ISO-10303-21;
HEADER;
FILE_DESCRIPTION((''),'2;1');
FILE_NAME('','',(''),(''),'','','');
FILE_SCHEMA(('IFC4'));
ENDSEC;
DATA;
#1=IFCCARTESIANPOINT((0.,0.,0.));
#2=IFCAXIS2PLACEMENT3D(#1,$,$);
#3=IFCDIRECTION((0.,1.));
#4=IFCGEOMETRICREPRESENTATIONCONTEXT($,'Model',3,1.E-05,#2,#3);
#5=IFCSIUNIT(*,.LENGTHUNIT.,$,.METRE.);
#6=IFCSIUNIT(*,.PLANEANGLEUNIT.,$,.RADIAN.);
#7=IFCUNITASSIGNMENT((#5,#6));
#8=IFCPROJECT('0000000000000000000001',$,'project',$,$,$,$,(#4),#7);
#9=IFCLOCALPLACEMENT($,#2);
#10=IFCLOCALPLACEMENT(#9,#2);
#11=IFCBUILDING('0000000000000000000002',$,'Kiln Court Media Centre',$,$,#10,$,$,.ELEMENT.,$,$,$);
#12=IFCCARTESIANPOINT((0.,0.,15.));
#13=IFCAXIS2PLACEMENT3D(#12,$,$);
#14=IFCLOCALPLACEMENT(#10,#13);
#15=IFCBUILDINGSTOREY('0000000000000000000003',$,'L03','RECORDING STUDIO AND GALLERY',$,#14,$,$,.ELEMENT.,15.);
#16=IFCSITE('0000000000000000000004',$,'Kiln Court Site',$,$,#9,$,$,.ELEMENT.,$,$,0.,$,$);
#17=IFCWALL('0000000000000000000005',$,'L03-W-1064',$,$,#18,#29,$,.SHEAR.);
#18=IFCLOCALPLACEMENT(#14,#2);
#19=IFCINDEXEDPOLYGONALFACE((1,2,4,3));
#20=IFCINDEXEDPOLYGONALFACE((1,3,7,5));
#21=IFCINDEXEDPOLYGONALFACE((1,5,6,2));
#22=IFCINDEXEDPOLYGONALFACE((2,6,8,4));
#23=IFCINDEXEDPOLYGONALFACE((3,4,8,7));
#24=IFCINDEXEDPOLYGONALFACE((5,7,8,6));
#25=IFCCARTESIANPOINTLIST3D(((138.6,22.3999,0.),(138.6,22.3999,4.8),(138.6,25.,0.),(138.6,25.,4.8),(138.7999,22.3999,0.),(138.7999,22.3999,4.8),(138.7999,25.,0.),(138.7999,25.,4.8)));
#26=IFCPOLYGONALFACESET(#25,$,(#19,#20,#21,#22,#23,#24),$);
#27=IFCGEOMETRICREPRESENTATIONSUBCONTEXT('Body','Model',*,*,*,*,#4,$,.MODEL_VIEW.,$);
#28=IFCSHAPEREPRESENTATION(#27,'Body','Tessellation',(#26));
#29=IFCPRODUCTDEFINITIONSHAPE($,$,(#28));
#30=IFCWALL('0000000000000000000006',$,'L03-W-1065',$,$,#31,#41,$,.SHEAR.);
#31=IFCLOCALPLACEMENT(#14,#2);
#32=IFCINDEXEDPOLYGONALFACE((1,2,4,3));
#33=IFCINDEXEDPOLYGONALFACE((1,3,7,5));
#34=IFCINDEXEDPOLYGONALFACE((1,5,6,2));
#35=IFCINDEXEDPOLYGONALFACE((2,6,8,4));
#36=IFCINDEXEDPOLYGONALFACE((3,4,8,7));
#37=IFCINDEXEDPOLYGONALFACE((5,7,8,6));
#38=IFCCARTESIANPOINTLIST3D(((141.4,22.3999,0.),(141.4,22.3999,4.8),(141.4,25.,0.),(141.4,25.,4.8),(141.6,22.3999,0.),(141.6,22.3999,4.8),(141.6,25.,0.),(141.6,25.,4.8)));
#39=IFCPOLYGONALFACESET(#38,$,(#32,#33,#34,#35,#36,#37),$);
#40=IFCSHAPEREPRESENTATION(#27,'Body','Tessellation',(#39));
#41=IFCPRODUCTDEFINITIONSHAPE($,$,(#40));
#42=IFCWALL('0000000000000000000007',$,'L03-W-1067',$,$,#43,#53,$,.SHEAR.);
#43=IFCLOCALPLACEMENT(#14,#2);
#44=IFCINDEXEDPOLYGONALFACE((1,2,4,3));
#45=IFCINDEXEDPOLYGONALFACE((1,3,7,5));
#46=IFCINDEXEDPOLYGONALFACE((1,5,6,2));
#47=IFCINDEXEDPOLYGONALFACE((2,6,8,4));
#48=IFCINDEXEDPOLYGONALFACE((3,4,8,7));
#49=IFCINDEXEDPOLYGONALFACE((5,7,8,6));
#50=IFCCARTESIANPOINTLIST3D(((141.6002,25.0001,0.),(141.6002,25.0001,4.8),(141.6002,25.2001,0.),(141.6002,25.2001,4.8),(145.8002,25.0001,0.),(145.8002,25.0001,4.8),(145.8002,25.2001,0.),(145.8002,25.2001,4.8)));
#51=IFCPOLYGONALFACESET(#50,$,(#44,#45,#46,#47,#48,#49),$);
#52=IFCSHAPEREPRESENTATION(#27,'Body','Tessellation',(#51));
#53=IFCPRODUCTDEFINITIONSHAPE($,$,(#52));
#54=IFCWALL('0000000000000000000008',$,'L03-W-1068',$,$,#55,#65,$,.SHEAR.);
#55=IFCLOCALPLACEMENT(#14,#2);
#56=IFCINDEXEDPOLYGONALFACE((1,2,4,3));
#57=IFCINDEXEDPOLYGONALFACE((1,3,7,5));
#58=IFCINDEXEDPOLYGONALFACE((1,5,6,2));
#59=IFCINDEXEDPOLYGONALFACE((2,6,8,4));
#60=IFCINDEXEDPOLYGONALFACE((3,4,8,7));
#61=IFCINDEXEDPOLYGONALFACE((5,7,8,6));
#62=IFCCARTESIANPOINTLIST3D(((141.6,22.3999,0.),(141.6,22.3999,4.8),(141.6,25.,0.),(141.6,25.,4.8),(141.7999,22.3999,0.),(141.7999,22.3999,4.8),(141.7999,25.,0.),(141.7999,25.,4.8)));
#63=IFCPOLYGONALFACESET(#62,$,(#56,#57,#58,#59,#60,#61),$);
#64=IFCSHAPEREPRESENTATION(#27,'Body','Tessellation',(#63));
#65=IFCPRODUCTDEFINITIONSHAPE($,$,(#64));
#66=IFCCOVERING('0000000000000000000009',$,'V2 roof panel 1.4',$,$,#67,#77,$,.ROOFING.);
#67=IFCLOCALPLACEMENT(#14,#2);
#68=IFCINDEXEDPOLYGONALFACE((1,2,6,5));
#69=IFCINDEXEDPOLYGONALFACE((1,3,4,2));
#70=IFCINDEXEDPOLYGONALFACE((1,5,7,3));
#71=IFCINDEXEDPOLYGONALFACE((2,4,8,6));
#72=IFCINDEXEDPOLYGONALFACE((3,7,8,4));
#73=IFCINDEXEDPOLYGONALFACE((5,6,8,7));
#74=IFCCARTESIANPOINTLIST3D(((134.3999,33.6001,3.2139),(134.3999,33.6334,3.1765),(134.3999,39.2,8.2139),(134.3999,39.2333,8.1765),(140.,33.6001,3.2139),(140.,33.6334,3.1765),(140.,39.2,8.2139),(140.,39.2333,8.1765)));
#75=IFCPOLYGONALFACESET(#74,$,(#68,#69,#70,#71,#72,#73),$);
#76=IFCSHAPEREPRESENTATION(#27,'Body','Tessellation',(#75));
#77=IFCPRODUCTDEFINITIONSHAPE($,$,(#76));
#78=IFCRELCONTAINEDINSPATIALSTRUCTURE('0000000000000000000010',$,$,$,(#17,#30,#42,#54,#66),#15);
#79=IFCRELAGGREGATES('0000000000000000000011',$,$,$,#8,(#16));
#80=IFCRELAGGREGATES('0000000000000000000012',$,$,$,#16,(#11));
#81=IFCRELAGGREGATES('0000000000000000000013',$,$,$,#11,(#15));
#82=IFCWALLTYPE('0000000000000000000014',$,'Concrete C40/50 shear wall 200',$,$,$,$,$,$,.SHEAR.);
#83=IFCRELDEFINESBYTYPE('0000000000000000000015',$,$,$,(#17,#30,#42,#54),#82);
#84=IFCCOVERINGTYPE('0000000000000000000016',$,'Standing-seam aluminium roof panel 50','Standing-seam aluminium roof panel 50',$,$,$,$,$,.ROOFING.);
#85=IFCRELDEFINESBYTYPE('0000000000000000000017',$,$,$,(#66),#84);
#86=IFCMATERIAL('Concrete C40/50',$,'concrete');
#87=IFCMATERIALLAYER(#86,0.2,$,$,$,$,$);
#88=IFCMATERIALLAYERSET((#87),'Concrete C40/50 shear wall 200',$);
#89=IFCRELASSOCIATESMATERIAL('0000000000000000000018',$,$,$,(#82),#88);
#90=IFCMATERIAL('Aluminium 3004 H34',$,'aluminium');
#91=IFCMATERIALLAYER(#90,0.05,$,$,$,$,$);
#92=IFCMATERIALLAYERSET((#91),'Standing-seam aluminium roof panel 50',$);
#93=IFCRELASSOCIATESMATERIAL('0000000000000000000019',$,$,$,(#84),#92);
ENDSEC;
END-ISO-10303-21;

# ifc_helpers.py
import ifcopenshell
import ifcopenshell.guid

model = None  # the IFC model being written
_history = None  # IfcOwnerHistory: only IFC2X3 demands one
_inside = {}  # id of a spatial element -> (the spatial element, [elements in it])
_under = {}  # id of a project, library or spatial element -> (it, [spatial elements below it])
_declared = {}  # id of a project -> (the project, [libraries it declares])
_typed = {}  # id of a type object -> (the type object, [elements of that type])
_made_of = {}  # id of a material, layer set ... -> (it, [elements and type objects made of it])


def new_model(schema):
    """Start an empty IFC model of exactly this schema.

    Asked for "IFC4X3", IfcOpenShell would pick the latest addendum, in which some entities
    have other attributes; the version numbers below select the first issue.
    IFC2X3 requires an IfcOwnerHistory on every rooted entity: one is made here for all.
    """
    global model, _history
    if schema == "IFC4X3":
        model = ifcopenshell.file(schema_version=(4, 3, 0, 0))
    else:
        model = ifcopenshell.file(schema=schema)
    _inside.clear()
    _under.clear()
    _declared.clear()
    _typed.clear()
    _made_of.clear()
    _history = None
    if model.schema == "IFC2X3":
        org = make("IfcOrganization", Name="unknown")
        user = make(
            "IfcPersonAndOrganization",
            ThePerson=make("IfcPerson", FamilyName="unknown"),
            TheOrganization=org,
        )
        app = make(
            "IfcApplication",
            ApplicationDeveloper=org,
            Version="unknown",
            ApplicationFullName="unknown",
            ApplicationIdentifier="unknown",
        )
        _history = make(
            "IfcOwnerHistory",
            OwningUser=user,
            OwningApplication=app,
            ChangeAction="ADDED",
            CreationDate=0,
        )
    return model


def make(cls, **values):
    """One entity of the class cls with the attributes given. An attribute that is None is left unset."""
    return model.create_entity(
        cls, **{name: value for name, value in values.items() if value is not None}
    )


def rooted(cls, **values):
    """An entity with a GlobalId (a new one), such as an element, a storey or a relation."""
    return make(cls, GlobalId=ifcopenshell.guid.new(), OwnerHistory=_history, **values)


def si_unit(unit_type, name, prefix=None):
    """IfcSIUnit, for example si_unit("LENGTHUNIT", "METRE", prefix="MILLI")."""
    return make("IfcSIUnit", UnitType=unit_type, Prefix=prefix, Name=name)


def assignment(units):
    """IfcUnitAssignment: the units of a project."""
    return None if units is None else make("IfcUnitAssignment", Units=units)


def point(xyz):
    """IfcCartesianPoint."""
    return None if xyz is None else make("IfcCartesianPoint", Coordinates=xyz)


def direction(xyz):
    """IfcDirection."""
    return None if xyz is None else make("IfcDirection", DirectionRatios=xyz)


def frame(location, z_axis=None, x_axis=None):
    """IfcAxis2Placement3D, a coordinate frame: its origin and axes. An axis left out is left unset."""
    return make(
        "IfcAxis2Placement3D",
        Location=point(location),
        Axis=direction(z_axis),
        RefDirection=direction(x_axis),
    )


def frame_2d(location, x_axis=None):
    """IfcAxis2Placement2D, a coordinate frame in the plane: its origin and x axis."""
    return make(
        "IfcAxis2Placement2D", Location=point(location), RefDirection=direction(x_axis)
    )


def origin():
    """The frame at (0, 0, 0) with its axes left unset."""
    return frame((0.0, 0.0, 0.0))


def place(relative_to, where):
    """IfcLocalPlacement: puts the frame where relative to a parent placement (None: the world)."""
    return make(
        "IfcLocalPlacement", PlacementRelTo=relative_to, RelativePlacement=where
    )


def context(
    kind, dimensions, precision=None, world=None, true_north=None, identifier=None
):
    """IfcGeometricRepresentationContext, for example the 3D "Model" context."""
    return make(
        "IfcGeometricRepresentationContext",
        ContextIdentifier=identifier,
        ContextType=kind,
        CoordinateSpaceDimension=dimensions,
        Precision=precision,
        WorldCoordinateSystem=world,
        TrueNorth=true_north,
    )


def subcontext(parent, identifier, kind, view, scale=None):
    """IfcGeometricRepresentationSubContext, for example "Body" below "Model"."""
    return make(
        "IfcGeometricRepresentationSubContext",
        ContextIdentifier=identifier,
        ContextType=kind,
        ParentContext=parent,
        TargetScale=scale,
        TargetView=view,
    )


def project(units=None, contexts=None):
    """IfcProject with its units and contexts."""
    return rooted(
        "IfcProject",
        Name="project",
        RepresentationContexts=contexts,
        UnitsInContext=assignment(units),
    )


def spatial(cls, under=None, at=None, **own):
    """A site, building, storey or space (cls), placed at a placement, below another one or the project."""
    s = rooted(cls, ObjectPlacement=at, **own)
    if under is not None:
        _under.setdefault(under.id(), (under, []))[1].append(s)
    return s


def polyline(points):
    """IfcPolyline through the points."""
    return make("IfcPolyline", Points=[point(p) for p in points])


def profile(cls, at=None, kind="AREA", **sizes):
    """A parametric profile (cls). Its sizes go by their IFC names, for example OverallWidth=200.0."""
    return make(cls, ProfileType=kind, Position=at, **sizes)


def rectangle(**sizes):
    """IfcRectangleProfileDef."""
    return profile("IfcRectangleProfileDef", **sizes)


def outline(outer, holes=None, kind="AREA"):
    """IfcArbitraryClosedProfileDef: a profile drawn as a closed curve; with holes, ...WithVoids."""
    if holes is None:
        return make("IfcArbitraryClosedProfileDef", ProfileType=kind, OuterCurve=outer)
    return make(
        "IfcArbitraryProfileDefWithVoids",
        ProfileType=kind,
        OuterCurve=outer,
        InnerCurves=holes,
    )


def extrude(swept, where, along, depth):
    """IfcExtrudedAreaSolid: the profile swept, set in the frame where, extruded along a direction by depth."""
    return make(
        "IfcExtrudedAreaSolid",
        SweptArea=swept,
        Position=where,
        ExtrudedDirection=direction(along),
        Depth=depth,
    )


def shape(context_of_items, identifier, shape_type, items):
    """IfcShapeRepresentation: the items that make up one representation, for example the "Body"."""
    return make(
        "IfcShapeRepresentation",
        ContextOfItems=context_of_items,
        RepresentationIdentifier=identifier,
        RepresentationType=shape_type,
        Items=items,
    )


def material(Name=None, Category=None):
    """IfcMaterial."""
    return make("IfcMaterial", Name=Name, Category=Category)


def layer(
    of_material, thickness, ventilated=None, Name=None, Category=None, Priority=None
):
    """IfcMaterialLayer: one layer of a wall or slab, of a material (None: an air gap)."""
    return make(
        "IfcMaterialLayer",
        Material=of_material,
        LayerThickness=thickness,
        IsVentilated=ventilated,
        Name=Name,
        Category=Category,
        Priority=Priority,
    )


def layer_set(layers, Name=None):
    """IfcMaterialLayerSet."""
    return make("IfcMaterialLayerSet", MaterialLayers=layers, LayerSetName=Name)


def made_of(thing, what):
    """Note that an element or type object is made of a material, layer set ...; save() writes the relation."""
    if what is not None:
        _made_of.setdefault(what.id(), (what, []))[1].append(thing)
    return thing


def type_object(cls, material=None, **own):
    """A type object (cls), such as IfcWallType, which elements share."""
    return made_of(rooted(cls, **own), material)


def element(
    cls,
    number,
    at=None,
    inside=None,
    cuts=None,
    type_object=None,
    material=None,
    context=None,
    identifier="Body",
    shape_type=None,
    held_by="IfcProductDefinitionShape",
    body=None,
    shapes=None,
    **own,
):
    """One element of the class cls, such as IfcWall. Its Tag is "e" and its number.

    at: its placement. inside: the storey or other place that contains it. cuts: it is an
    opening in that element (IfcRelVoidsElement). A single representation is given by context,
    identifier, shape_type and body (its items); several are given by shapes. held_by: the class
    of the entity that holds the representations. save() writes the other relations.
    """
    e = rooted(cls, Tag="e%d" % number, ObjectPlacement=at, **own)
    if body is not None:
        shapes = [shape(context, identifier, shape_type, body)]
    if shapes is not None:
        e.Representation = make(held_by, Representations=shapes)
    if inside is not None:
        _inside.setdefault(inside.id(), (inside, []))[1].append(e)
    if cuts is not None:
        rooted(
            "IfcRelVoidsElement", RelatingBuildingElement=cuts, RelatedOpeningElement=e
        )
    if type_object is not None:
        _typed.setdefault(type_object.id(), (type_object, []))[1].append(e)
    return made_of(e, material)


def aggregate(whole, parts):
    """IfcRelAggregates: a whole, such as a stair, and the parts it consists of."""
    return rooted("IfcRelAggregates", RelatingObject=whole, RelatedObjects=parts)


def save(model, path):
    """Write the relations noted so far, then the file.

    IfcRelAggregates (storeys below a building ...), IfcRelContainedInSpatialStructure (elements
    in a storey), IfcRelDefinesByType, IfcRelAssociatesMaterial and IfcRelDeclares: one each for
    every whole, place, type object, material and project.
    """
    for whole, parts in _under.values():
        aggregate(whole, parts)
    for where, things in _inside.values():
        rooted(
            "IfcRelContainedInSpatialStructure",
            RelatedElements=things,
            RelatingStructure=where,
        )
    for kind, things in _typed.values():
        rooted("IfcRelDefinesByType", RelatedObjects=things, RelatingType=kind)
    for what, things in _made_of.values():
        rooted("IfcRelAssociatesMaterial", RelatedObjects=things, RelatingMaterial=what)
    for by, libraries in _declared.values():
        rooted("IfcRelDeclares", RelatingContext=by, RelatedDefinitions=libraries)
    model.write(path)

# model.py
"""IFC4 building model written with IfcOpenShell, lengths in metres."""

from ifc_helpers import new_model, si_unit, direction, frame, frame_2d, origin, place, context, subcontext, project, spatial, polyline, rectangle, outline, extrude, material, layer, layer_set, type_object, element, save


model = new_model("IFC4")

# Units and contexts
model_context = context("Model", 3, precision=1e-05, world=origin(), true_north=direction((0.0, 1.0)))
body_context = subcontext(model_context, "Body", "Model", "MODEL_VIEW")
ifc_project = project(units=[si_unit("LENGTHUNIT", "METRE"), si_unit("PLANEANGLEUNIT", "RADIAN")], contexts=[model_context])

# Site, building, storey
site_placement = place(None, origin())
site = spatial("IfcSite", under=ifc_project, at=site_placement, Name="Kiln Court Site", CompositionType="ELEMENT", RefElevation=0.0)
building_placement = place(site_placement, origin())
building = spatial("IfcBuilding", under=site, at=building_placement, Name="Kiln Court Media Centre", CompositionType="ELEMENT")
storey_placement = place(building_placement, frame((0.0, 0.0, 15.0)))
storey = spatial("IfcBuildingStorey", under=building, at=storey_placement, Name="L03", Description="RECORDING STUDIO AND GALLERY", CompositionType="ELEMENT", Elevation=15.0)

# Shared definitions
ifc_material_1 = material(Name="Concrete C40/50", Category="concrete")
ifc_layer_1 = layer(ifc_material_1, 0.2)
ifc_layer_set_1 = layer_set([ifc_layer_1], Name="Concrete C40/50 shear wall 200")
wall_type = type_object("IfcWallType", Name="Concrete C40/50 shear wall 200", PredefinedType="SHEAR", material=ifc_layer_set_1)

# Walls
for number, where, z_axis, x_axis, name in (
    (1, (138.7, 22.3999, 0.0), (0.0, 0.0, 1.0), (0.0, 1.0, 0.0), "L03-W-1064"),
    (2, (141.5, 25.0, 0.0), (0.0, 0.0, 1.0), (0.0, -1.0, 0.0), "L03-W-1065"),
):
    element("IfcWall", number, at=place(storey_placement, frame(where, z_axis=z_axis, x_axis=x_axis)), inside=storey, type_object=wall_type, Name=name, PredefinedType="SHEAR", context=body_context, shape_type="SweptSolid", body=[
        extrude(rectangle(XDim=2.6001, YDim=0.2, at=frame_2d((1.3, 0.0))), origin(), (0.0, 0.0, 1.0), 4.8),
    ])
wall_1_placement = place(storey_placement, frame((141.6001, 25.1001, 0.0), z_axis=(0.0, 0.0, 1.0), x_axis=(1.0, 0.0, 0.0)))
element("IfcWall", 3, at=wall_1_placement, inside=storey, type_object=wall_type, Name="L03-W-1067", PredefinedType="SHEAR", context=body_context, shape_type="SweptSolid", body=[
    extrude(rectangle(XDim=4.2, YDim=0.2, at=frame_2d((2.1001, 0.0))), origin(), (0.0, 0.0, 1.0), 4.8),
])
wall_2_placement = place(storey_placement, frame((141.7, 22.3999, 0.0), z_axis=(0.0, 0.0, 1.0), x_axis=(0.0, 1.0, 0.0)))
element("IfcWall", 4, at=wall_2_placement, inside=storey, type_object=wall_type, Name="L03-W-1068", PredefinedType="SHEAR", context=body_context, shape_type="SweptSolid", body=[
    extrude(rectangle(XDim=2.6001, YDim=0.2, at=frame_2d((1.3, 0.0))), origin(), (0.0, 0.0, 1.0), 4.8),
])

# Covering
ifc_material_2 = material(Name="Aluminium 3004 H34", Category="aluminium")
ifc_layer_2 = layer(ifc_material_2, 0.05)
ifc_layer_set_2 = layer_set([ifc_layer_2], Name="Standing-seam aluminium roof panel 50")
covering_type = type_object("IfcCoveringType", Name="Standing-seam aluminium roof panel 50", Description="Standing-seam aluminium roof panel 50", PredefinedType="ROOFING", material=ifc_layer_set_2)
covering_placement = place(storey_placement, frame((134.3999, 33.6001, 3.2139), z_axis=(0.0, -0.666025, 0.745929), x_axis=(0.0, 0.745929, 0.666025)))
element("IfcCovering", 5, at=covering_placement, inside=storey, type_object=covering_type, Name="V2 roof panel 1.4", PredefinedType="ROOFING", context=body_context, shape_type="SweptSolid", body=[
    extrude(outline(polyline([(0.0, 0.0), (7.5072, 0.0), (7.5072, -5.6001), (0.0, -5.6001), (0.0, 0.0)])), origin(), (0.0, 0.0, -1.0), 0.05),
])

save(model, "model.ifc")
